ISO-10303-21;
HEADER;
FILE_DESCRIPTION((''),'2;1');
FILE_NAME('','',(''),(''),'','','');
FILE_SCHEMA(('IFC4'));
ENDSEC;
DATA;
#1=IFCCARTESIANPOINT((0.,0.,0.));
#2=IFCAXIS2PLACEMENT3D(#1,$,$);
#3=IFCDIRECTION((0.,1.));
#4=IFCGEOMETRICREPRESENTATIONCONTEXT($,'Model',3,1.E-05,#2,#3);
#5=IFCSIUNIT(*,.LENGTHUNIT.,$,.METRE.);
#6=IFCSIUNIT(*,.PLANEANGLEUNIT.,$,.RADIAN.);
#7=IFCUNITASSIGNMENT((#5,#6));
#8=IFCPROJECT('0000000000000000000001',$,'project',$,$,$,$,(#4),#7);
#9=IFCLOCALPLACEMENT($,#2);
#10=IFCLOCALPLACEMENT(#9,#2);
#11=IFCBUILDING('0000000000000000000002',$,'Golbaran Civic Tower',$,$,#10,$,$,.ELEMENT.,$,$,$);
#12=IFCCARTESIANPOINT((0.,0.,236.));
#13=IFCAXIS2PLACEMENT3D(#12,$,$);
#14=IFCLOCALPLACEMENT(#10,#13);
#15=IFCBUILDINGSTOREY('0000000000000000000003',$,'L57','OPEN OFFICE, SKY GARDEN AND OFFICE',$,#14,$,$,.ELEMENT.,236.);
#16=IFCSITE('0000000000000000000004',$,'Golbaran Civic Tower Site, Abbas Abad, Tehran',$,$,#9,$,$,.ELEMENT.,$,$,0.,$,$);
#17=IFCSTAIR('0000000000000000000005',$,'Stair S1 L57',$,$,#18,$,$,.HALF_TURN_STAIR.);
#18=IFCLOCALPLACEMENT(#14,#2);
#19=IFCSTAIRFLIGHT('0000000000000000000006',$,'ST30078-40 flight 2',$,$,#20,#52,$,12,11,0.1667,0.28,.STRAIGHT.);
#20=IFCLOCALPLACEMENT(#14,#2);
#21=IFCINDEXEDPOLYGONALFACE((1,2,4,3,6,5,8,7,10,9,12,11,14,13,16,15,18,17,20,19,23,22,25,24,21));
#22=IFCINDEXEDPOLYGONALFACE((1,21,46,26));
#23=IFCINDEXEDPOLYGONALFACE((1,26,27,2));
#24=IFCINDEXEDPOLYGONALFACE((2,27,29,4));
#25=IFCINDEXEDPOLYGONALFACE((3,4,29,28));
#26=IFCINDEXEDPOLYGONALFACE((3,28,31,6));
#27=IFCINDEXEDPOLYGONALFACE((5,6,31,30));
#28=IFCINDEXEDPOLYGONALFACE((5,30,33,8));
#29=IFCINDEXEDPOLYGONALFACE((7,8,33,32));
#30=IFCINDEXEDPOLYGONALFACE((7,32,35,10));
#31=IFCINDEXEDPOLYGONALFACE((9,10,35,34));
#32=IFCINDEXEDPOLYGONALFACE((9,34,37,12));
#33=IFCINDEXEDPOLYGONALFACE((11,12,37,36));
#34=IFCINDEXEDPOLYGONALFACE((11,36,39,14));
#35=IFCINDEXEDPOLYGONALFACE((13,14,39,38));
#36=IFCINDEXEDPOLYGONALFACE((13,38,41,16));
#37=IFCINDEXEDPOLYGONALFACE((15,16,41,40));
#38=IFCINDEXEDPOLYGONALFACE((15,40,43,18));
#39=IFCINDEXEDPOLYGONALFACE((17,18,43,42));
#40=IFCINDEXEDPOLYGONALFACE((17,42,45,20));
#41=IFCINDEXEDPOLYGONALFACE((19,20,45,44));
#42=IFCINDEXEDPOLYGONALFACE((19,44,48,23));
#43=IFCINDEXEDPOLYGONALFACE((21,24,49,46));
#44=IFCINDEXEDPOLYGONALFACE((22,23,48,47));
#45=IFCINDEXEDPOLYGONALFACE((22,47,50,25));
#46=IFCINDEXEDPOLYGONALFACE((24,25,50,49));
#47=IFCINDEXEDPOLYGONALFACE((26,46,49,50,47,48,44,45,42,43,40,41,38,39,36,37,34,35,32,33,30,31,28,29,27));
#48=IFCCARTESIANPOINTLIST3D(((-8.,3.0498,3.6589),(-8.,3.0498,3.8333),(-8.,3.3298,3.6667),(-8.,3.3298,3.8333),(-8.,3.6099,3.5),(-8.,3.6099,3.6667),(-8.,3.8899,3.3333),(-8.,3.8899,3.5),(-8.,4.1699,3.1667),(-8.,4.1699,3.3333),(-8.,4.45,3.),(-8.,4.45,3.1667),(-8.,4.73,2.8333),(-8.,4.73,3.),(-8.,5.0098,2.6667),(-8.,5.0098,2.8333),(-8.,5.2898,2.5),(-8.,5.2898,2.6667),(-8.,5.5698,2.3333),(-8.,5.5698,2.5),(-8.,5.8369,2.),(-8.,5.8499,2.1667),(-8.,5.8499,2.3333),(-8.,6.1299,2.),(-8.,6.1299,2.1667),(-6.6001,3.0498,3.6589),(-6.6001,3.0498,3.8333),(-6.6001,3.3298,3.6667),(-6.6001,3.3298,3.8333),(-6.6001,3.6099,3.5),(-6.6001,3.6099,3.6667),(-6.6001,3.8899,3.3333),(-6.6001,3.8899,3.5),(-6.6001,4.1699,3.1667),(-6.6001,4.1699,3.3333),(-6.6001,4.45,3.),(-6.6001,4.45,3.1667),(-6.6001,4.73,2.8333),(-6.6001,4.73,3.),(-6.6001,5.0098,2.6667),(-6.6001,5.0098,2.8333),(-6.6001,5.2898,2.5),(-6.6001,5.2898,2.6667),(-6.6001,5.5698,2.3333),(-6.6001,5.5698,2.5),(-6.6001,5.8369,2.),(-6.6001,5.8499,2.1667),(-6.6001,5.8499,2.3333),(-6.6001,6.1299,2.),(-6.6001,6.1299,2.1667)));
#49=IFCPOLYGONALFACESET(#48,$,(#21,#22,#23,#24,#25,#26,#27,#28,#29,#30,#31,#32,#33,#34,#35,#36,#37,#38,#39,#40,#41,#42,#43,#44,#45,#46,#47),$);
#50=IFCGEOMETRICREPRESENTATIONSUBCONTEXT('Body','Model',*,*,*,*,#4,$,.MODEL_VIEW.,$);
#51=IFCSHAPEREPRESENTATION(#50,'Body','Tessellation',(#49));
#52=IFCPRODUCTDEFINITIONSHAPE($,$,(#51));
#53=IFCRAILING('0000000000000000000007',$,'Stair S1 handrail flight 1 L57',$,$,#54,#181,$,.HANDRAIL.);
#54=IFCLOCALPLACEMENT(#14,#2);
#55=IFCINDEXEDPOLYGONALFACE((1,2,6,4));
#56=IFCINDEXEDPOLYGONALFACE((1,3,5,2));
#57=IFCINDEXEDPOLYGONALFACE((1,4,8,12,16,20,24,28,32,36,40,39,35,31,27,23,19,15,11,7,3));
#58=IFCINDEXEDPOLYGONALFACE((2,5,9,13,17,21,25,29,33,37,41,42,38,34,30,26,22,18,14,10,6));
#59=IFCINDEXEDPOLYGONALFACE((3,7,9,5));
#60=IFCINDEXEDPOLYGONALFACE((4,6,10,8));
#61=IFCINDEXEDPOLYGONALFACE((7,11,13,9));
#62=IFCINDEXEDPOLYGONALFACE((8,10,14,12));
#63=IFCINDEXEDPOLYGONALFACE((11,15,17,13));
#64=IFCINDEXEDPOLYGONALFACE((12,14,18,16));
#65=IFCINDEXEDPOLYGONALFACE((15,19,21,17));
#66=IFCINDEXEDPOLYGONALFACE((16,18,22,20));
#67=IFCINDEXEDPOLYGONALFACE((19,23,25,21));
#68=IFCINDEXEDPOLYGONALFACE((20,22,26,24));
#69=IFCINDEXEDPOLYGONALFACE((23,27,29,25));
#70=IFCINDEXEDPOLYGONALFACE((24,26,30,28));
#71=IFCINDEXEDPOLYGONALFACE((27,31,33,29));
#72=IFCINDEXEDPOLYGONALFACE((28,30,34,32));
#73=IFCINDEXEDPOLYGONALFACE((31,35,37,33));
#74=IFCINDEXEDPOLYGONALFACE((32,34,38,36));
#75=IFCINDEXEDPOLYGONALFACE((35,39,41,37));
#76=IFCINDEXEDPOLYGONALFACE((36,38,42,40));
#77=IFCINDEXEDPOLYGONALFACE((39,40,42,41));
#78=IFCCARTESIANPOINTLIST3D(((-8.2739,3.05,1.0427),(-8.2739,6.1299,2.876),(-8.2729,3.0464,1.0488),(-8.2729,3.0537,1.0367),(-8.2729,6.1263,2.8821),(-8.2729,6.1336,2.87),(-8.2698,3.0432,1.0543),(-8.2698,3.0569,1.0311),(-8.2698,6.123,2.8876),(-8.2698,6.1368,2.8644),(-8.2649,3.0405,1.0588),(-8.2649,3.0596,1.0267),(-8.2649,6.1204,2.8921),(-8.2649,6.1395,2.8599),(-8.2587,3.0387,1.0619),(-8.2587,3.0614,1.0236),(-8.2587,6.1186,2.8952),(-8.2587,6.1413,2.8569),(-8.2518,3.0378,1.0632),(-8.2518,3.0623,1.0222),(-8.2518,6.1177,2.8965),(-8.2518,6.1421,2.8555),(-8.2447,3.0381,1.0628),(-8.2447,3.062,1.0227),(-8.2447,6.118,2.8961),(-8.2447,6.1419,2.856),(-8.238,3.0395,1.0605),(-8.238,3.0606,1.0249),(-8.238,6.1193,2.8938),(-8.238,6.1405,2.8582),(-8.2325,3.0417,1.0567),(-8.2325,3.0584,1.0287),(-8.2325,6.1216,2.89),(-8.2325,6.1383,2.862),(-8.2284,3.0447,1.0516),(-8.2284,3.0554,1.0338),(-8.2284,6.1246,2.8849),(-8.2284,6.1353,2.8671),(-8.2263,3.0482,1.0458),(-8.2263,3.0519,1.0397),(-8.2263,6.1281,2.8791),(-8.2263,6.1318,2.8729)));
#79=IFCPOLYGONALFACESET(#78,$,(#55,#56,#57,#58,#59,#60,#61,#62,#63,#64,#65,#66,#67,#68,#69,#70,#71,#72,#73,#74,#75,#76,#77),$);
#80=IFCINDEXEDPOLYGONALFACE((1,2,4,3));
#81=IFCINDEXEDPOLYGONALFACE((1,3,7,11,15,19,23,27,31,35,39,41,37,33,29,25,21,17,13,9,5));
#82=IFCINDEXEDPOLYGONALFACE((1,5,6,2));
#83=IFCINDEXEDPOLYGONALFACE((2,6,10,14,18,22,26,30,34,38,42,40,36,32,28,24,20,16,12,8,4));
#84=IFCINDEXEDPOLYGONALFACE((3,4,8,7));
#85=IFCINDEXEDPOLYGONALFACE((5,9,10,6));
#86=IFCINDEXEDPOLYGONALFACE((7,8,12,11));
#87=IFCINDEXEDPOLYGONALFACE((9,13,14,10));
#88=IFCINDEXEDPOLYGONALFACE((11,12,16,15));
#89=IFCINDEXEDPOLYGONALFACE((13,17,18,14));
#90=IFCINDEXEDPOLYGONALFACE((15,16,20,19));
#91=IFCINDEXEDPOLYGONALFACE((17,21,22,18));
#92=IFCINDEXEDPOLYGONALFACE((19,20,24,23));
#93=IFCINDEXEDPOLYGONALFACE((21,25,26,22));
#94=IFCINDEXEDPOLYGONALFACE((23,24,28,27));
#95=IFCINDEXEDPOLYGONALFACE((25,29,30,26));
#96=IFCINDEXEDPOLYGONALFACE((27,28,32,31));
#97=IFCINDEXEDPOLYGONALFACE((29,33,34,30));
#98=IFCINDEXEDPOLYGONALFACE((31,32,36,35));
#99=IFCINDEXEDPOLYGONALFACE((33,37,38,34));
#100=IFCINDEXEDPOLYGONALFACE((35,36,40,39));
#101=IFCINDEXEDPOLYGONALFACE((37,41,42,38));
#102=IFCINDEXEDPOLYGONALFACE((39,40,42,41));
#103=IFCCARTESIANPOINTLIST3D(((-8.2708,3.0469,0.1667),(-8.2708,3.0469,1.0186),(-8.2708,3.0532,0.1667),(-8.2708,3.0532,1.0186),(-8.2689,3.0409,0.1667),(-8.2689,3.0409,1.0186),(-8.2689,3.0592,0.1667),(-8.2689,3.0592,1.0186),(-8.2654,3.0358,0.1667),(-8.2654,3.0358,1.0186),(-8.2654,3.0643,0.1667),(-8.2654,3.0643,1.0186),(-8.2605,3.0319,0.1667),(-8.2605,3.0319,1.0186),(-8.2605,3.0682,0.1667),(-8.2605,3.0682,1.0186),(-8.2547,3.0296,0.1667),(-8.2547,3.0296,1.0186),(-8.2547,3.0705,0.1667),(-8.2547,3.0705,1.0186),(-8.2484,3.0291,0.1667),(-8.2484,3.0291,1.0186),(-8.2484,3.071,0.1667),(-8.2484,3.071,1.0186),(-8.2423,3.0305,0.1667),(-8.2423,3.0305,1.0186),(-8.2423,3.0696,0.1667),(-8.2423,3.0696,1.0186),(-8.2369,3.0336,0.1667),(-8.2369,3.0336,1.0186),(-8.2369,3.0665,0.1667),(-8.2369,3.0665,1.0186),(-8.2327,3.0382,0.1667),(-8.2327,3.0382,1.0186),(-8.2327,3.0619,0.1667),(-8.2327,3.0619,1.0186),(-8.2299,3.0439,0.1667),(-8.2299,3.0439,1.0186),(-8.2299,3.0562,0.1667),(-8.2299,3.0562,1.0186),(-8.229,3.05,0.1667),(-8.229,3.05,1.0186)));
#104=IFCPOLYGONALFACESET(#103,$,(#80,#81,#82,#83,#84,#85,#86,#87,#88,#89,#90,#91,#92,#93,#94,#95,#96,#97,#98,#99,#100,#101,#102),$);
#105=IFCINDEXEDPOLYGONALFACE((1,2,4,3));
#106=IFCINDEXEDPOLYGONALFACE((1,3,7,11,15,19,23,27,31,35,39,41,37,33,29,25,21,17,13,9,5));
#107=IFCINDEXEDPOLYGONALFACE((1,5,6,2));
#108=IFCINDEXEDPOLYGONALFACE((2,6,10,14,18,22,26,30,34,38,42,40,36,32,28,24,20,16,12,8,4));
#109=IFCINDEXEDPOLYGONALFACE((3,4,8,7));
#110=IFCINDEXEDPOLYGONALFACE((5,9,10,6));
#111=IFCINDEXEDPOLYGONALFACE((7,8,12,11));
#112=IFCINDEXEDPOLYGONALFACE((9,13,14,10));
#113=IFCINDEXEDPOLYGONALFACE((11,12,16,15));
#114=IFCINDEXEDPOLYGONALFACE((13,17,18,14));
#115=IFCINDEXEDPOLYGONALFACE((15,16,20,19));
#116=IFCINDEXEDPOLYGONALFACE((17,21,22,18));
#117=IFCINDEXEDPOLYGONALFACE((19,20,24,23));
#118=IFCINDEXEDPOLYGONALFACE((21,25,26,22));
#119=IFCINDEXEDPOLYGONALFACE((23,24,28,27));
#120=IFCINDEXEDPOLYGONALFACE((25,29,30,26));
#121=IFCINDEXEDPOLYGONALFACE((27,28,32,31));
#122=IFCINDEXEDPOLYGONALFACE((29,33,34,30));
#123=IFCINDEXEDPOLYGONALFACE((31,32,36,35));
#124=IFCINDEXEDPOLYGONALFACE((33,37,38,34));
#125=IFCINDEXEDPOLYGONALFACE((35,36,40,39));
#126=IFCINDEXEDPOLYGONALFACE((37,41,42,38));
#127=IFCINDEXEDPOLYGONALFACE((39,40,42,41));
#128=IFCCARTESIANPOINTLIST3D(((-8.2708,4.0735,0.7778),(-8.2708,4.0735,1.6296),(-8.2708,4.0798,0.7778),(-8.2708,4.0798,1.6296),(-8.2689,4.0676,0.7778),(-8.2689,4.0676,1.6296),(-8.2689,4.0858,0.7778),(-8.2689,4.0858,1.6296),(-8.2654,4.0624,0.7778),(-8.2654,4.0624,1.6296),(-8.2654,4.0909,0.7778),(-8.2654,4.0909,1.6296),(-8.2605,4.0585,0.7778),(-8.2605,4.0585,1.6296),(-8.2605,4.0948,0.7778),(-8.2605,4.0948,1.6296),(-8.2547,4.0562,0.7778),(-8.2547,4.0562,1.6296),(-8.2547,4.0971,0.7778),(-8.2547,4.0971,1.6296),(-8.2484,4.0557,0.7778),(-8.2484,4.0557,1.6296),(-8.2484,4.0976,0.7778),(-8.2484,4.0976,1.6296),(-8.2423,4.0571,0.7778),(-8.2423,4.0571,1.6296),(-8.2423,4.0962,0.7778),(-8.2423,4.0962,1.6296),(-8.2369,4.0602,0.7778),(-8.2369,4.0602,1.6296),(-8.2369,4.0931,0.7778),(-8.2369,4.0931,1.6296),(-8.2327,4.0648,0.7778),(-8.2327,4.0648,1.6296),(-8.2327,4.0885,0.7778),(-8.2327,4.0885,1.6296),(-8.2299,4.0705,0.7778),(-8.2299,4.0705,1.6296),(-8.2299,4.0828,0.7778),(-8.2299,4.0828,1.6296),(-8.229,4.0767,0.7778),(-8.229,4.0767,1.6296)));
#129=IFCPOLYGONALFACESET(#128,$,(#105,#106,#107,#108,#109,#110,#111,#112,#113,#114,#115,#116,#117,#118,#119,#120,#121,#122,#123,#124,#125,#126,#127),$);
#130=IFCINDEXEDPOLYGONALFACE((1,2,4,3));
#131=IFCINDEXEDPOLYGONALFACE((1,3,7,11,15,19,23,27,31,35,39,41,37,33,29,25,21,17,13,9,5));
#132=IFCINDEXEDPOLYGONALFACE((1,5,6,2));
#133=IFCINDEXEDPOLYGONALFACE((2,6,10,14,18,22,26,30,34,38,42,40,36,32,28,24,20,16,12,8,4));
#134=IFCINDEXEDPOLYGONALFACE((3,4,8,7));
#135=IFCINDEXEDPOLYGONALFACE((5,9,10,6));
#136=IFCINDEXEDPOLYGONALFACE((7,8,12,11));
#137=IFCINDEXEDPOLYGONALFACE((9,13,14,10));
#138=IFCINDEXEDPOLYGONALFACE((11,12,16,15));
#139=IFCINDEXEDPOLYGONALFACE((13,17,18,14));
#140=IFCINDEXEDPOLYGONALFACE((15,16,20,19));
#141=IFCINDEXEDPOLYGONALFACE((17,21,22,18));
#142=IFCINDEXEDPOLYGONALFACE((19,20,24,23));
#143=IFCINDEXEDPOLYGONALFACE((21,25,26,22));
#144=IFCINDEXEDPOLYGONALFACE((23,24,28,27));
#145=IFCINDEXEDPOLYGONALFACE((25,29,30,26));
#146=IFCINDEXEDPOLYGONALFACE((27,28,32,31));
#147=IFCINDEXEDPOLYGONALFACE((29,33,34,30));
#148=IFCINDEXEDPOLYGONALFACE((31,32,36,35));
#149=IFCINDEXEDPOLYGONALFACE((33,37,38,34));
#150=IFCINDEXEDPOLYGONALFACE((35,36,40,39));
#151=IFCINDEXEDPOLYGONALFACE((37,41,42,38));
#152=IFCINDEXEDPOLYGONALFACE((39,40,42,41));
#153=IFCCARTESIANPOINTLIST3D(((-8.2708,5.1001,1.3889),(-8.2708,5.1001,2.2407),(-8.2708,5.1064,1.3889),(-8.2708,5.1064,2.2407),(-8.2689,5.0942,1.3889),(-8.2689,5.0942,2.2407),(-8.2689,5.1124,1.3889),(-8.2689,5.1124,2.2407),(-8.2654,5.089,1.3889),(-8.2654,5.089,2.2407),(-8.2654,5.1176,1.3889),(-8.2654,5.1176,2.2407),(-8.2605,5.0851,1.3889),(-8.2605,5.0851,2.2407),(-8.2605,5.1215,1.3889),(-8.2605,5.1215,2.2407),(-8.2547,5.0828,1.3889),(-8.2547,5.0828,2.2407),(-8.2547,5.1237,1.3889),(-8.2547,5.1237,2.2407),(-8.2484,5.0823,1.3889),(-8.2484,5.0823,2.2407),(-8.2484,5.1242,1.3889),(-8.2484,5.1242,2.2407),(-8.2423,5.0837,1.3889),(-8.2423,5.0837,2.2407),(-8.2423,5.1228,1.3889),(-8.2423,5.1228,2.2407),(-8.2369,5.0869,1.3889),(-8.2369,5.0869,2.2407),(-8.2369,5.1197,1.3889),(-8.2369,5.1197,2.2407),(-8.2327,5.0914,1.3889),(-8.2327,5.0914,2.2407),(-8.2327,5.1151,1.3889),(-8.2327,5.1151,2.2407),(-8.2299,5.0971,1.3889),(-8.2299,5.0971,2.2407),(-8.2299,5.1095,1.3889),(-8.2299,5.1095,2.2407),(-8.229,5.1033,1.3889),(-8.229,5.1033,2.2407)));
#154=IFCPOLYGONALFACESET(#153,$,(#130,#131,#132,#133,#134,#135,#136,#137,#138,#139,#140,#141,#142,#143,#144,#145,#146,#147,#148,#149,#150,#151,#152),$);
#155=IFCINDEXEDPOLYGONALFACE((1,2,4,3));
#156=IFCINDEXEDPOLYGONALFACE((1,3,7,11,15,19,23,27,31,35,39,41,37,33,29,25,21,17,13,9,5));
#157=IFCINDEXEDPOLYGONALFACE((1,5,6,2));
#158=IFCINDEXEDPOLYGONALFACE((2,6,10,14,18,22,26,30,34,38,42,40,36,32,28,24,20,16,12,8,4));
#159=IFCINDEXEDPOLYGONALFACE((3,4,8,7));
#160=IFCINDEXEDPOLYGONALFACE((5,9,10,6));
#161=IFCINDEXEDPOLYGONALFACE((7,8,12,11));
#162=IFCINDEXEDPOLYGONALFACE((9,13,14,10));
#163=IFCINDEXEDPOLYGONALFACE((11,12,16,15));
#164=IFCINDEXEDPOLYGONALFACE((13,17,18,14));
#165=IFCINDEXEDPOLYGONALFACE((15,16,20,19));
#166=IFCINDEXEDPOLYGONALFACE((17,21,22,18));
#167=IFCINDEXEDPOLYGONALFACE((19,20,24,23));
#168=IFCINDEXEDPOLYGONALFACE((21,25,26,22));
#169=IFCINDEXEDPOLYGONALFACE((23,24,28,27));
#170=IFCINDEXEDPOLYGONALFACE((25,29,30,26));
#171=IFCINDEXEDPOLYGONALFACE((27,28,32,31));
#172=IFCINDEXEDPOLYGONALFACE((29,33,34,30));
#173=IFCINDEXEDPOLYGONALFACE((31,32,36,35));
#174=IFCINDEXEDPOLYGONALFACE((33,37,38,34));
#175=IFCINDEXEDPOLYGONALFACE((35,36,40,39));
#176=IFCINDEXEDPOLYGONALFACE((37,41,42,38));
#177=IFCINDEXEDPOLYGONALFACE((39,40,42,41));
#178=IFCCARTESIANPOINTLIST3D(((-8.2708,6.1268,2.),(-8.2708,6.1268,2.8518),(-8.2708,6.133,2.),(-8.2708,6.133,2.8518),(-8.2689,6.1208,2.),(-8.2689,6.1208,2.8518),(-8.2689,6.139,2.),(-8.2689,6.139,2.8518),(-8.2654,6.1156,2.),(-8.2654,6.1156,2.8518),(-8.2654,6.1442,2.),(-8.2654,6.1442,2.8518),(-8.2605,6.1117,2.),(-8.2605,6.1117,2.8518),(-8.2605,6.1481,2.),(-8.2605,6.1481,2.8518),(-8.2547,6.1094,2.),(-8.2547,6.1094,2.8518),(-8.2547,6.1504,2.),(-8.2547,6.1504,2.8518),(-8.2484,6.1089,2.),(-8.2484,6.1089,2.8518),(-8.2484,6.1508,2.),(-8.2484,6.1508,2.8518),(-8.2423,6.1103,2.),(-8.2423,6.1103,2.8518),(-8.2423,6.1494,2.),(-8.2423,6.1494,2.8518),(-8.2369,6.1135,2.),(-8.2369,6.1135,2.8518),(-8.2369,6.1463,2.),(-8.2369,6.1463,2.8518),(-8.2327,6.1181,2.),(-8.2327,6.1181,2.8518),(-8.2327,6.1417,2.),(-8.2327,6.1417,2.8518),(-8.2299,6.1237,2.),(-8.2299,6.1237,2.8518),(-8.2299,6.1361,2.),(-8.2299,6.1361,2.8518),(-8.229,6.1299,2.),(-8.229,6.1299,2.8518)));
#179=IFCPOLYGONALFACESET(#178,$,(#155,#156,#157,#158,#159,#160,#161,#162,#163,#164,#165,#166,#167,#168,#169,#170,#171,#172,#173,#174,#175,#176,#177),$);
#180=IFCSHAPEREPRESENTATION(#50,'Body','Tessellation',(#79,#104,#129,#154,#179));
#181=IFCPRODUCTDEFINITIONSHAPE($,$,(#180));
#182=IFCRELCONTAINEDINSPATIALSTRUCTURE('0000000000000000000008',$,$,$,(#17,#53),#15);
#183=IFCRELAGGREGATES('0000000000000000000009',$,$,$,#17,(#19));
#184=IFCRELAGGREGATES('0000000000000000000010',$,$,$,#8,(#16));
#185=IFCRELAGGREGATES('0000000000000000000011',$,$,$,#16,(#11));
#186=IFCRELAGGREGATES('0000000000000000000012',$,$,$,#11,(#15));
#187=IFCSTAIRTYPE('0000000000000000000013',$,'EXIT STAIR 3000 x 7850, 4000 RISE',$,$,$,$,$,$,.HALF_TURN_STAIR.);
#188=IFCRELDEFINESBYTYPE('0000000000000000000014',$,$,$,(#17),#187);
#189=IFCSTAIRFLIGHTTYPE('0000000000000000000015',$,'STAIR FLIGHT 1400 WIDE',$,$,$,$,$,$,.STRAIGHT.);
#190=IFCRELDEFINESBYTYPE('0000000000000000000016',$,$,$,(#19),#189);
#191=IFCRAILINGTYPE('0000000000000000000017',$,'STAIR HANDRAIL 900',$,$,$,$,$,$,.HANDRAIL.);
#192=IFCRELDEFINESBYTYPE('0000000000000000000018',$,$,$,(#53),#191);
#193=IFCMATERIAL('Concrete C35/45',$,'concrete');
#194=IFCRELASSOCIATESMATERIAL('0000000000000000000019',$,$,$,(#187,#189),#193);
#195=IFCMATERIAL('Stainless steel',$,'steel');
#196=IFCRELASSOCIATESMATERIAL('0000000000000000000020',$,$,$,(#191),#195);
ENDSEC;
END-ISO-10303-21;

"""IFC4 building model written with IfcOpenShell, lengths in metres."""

from ifc_helpers import new_model, si_unit, direction, frame, origin, origin_2d, place, context, subcontext, project, spatial, polyline, circle, outline, extrude, material, type_object, element, aggregate, save


model = new_model("IFC4")

# Units and contexts
model_context = context("Model", 3, precision=1e-05, world=origin(), true_north=direction((0.0, 1.0)))
body_context = subcontext(model_context, "Body", "Model", "MODEL_VIEW")
ifc_project = project(units=[si_unit("LENGTHUNIT", "METRE"), si_unit("PLANEANGLEUNIT", "RADIAN")], contexts=[model_context])

# Site, building, storey
site_placement = place(None, origin())
site = spatial("IfcSite", under=ifc_project, at=site_placement, Name="Golbaran Civic Tower Site, Abbas Abad, Tehran", CompositionType="ELEMENT", RefElevation=0.0)
building_placement = place(site_placement, origin())
building = spatial("IfcBuilding", under=site, at=building_placement, Name="Golbaran Civic Tower", CompositionType="ELEMENT")
storey_placement = place(building_placement, frame((0.0, 0.0, 236.0)))
storey = spatial("IfcBuildingStorey", under=building, at=storey_placement, Name="L57", Description="OPEN OFFICE, SKY GARDEN AND OFFICE", CompositionType="ELEMENT", Elevation=236.0)

# Shared definitions
ifc_material_1 = material(Name="Concrete C35/45", Category="concrete")

# Stair
stair_type_1 = type_object("IfcStairType", Name="EXIT STAIR 3000 x 7850, 4000 RISE", PredefinedType="HALF_TURN_STAIR", material=ifc_material_1)
stair_1_placement = place(storey_placement, origin())
stair_1 = element("IfcStair", 1, at=stair_1_placement, inside=storey, type_object=stair_type_1, Name="Stair S1 L57", PredefinedType="HALF_TURN_STAIR")

# Shared definitions
ifc_material_2 = material(Name="Stainless steel", Category="steel")

# Stair flight
stair_flight_type = type_object("IfcStairFlightType", Name="STAIR FLIGHT 1400 WIDE", PredefinedType="STRAIGHT", material=ifc_material_1)
stair_flight_1_placement = place(storey_placement, frame((-7.3, 6.1299, 2.0), z_axis=(0.0, 0.0, 1.0), x_axis=(0.0, -1.0, 0.0)))
stair_flight_1 = element("IfcStairFlight", 2, at=stair_flight_1_placement, type_object=stair_flight_type, Name="ST30078-40 flight 2", NumberOfRisers=12, NumberOfTreads=11, PredefinedType="STRAIGHT", RiserHeight=0.1667, TreadLength=0.28, context=body_context, shape_type="SweptSolid", body=[
    extrude(outline(polyline([(0.0, 0.0), (0.0, 0.1667), (0.28, 0.1667), (0.28, 0.3333), (0.5601, 0.3333), (0.5601, 0.5), (0.8401, 0.5), (0.8401, 0.6667), (1.1201, 0.6667), (1.1201, 0.8333), (1.3999, 0.8333), (1.3999, 1.0), (1.6799, 1.0), (1.6799, 1.1667), (1.96, 1.1667), (1.96, 1.3333), (2.24, 1.3333), (2.24, 1.5), (2.52, 1.5), (2.52, 1.6667), (2.8, 1.6667), (2.8, 1.8333), (3.0801, 1.8333), (3.0801, 2.0), (3.0801, 1.6589), (0.293, 0.0), (0.0, 0.0)])), frame((0.0, 0.7, 0.0), z_axis=(0.0, -1.0, 0.0), x_axis=(1.0, 0.0, 0.0)), (0.0, 0.0, 1.0), 1.3999),
])
aggregate(stair_1, [stair_flight_1])

# Railing
railing_type = type_object("IfcRailingType", Name="STAIR HANDRAIL 900", PredefinedType="HANDRAIL", material=ifc_material_2)
railing_1_placement = place(storey_placement, frame((-8.25, 3.05, 0.1667)))
element("IfcRailing", 3, at=railing_1_placement, inside=storey, type_object=railing_type, Name="Stair S1 handrail flight 1 L57", PredefinedType="HANDRAIL", context=body_context, shape_type="SweptSolid", body=[
    extrude(circle(Radius=0.0239, at=origin_2d()), frame((0.0, 0.0, 0.876), z_axis=(0.0, 0.859291, 0.511487), x_axis=(-1.0, 0.0, 0.0)), (0.0, 0.0, 1.0), 3.5842),
    extrude(circle(Radius=0.021, at=origin_2d()), origin(), (0.0, 0.0, 1.0), 0.8518),
    extrude(circle(Radius=0.021, at=origin_2d()), frame((0.0, 1.0266, 0.6111)), (0.0, 0.0, 1.0), 0.8518),
    extrude(circle(Radius=0.021, at=origin_2d()), frame((0.0, 2.0532, 1.2222)), (0.0, 0.0, 1.0), 0.8518),
    extrude(circle(Radius=0.021, at=origin_2d()), frame((0.0, 3.0798, 1.8333)), (0.0, 0.0, 1.0), 0.8518),
])

save(model, "model.ifc")
